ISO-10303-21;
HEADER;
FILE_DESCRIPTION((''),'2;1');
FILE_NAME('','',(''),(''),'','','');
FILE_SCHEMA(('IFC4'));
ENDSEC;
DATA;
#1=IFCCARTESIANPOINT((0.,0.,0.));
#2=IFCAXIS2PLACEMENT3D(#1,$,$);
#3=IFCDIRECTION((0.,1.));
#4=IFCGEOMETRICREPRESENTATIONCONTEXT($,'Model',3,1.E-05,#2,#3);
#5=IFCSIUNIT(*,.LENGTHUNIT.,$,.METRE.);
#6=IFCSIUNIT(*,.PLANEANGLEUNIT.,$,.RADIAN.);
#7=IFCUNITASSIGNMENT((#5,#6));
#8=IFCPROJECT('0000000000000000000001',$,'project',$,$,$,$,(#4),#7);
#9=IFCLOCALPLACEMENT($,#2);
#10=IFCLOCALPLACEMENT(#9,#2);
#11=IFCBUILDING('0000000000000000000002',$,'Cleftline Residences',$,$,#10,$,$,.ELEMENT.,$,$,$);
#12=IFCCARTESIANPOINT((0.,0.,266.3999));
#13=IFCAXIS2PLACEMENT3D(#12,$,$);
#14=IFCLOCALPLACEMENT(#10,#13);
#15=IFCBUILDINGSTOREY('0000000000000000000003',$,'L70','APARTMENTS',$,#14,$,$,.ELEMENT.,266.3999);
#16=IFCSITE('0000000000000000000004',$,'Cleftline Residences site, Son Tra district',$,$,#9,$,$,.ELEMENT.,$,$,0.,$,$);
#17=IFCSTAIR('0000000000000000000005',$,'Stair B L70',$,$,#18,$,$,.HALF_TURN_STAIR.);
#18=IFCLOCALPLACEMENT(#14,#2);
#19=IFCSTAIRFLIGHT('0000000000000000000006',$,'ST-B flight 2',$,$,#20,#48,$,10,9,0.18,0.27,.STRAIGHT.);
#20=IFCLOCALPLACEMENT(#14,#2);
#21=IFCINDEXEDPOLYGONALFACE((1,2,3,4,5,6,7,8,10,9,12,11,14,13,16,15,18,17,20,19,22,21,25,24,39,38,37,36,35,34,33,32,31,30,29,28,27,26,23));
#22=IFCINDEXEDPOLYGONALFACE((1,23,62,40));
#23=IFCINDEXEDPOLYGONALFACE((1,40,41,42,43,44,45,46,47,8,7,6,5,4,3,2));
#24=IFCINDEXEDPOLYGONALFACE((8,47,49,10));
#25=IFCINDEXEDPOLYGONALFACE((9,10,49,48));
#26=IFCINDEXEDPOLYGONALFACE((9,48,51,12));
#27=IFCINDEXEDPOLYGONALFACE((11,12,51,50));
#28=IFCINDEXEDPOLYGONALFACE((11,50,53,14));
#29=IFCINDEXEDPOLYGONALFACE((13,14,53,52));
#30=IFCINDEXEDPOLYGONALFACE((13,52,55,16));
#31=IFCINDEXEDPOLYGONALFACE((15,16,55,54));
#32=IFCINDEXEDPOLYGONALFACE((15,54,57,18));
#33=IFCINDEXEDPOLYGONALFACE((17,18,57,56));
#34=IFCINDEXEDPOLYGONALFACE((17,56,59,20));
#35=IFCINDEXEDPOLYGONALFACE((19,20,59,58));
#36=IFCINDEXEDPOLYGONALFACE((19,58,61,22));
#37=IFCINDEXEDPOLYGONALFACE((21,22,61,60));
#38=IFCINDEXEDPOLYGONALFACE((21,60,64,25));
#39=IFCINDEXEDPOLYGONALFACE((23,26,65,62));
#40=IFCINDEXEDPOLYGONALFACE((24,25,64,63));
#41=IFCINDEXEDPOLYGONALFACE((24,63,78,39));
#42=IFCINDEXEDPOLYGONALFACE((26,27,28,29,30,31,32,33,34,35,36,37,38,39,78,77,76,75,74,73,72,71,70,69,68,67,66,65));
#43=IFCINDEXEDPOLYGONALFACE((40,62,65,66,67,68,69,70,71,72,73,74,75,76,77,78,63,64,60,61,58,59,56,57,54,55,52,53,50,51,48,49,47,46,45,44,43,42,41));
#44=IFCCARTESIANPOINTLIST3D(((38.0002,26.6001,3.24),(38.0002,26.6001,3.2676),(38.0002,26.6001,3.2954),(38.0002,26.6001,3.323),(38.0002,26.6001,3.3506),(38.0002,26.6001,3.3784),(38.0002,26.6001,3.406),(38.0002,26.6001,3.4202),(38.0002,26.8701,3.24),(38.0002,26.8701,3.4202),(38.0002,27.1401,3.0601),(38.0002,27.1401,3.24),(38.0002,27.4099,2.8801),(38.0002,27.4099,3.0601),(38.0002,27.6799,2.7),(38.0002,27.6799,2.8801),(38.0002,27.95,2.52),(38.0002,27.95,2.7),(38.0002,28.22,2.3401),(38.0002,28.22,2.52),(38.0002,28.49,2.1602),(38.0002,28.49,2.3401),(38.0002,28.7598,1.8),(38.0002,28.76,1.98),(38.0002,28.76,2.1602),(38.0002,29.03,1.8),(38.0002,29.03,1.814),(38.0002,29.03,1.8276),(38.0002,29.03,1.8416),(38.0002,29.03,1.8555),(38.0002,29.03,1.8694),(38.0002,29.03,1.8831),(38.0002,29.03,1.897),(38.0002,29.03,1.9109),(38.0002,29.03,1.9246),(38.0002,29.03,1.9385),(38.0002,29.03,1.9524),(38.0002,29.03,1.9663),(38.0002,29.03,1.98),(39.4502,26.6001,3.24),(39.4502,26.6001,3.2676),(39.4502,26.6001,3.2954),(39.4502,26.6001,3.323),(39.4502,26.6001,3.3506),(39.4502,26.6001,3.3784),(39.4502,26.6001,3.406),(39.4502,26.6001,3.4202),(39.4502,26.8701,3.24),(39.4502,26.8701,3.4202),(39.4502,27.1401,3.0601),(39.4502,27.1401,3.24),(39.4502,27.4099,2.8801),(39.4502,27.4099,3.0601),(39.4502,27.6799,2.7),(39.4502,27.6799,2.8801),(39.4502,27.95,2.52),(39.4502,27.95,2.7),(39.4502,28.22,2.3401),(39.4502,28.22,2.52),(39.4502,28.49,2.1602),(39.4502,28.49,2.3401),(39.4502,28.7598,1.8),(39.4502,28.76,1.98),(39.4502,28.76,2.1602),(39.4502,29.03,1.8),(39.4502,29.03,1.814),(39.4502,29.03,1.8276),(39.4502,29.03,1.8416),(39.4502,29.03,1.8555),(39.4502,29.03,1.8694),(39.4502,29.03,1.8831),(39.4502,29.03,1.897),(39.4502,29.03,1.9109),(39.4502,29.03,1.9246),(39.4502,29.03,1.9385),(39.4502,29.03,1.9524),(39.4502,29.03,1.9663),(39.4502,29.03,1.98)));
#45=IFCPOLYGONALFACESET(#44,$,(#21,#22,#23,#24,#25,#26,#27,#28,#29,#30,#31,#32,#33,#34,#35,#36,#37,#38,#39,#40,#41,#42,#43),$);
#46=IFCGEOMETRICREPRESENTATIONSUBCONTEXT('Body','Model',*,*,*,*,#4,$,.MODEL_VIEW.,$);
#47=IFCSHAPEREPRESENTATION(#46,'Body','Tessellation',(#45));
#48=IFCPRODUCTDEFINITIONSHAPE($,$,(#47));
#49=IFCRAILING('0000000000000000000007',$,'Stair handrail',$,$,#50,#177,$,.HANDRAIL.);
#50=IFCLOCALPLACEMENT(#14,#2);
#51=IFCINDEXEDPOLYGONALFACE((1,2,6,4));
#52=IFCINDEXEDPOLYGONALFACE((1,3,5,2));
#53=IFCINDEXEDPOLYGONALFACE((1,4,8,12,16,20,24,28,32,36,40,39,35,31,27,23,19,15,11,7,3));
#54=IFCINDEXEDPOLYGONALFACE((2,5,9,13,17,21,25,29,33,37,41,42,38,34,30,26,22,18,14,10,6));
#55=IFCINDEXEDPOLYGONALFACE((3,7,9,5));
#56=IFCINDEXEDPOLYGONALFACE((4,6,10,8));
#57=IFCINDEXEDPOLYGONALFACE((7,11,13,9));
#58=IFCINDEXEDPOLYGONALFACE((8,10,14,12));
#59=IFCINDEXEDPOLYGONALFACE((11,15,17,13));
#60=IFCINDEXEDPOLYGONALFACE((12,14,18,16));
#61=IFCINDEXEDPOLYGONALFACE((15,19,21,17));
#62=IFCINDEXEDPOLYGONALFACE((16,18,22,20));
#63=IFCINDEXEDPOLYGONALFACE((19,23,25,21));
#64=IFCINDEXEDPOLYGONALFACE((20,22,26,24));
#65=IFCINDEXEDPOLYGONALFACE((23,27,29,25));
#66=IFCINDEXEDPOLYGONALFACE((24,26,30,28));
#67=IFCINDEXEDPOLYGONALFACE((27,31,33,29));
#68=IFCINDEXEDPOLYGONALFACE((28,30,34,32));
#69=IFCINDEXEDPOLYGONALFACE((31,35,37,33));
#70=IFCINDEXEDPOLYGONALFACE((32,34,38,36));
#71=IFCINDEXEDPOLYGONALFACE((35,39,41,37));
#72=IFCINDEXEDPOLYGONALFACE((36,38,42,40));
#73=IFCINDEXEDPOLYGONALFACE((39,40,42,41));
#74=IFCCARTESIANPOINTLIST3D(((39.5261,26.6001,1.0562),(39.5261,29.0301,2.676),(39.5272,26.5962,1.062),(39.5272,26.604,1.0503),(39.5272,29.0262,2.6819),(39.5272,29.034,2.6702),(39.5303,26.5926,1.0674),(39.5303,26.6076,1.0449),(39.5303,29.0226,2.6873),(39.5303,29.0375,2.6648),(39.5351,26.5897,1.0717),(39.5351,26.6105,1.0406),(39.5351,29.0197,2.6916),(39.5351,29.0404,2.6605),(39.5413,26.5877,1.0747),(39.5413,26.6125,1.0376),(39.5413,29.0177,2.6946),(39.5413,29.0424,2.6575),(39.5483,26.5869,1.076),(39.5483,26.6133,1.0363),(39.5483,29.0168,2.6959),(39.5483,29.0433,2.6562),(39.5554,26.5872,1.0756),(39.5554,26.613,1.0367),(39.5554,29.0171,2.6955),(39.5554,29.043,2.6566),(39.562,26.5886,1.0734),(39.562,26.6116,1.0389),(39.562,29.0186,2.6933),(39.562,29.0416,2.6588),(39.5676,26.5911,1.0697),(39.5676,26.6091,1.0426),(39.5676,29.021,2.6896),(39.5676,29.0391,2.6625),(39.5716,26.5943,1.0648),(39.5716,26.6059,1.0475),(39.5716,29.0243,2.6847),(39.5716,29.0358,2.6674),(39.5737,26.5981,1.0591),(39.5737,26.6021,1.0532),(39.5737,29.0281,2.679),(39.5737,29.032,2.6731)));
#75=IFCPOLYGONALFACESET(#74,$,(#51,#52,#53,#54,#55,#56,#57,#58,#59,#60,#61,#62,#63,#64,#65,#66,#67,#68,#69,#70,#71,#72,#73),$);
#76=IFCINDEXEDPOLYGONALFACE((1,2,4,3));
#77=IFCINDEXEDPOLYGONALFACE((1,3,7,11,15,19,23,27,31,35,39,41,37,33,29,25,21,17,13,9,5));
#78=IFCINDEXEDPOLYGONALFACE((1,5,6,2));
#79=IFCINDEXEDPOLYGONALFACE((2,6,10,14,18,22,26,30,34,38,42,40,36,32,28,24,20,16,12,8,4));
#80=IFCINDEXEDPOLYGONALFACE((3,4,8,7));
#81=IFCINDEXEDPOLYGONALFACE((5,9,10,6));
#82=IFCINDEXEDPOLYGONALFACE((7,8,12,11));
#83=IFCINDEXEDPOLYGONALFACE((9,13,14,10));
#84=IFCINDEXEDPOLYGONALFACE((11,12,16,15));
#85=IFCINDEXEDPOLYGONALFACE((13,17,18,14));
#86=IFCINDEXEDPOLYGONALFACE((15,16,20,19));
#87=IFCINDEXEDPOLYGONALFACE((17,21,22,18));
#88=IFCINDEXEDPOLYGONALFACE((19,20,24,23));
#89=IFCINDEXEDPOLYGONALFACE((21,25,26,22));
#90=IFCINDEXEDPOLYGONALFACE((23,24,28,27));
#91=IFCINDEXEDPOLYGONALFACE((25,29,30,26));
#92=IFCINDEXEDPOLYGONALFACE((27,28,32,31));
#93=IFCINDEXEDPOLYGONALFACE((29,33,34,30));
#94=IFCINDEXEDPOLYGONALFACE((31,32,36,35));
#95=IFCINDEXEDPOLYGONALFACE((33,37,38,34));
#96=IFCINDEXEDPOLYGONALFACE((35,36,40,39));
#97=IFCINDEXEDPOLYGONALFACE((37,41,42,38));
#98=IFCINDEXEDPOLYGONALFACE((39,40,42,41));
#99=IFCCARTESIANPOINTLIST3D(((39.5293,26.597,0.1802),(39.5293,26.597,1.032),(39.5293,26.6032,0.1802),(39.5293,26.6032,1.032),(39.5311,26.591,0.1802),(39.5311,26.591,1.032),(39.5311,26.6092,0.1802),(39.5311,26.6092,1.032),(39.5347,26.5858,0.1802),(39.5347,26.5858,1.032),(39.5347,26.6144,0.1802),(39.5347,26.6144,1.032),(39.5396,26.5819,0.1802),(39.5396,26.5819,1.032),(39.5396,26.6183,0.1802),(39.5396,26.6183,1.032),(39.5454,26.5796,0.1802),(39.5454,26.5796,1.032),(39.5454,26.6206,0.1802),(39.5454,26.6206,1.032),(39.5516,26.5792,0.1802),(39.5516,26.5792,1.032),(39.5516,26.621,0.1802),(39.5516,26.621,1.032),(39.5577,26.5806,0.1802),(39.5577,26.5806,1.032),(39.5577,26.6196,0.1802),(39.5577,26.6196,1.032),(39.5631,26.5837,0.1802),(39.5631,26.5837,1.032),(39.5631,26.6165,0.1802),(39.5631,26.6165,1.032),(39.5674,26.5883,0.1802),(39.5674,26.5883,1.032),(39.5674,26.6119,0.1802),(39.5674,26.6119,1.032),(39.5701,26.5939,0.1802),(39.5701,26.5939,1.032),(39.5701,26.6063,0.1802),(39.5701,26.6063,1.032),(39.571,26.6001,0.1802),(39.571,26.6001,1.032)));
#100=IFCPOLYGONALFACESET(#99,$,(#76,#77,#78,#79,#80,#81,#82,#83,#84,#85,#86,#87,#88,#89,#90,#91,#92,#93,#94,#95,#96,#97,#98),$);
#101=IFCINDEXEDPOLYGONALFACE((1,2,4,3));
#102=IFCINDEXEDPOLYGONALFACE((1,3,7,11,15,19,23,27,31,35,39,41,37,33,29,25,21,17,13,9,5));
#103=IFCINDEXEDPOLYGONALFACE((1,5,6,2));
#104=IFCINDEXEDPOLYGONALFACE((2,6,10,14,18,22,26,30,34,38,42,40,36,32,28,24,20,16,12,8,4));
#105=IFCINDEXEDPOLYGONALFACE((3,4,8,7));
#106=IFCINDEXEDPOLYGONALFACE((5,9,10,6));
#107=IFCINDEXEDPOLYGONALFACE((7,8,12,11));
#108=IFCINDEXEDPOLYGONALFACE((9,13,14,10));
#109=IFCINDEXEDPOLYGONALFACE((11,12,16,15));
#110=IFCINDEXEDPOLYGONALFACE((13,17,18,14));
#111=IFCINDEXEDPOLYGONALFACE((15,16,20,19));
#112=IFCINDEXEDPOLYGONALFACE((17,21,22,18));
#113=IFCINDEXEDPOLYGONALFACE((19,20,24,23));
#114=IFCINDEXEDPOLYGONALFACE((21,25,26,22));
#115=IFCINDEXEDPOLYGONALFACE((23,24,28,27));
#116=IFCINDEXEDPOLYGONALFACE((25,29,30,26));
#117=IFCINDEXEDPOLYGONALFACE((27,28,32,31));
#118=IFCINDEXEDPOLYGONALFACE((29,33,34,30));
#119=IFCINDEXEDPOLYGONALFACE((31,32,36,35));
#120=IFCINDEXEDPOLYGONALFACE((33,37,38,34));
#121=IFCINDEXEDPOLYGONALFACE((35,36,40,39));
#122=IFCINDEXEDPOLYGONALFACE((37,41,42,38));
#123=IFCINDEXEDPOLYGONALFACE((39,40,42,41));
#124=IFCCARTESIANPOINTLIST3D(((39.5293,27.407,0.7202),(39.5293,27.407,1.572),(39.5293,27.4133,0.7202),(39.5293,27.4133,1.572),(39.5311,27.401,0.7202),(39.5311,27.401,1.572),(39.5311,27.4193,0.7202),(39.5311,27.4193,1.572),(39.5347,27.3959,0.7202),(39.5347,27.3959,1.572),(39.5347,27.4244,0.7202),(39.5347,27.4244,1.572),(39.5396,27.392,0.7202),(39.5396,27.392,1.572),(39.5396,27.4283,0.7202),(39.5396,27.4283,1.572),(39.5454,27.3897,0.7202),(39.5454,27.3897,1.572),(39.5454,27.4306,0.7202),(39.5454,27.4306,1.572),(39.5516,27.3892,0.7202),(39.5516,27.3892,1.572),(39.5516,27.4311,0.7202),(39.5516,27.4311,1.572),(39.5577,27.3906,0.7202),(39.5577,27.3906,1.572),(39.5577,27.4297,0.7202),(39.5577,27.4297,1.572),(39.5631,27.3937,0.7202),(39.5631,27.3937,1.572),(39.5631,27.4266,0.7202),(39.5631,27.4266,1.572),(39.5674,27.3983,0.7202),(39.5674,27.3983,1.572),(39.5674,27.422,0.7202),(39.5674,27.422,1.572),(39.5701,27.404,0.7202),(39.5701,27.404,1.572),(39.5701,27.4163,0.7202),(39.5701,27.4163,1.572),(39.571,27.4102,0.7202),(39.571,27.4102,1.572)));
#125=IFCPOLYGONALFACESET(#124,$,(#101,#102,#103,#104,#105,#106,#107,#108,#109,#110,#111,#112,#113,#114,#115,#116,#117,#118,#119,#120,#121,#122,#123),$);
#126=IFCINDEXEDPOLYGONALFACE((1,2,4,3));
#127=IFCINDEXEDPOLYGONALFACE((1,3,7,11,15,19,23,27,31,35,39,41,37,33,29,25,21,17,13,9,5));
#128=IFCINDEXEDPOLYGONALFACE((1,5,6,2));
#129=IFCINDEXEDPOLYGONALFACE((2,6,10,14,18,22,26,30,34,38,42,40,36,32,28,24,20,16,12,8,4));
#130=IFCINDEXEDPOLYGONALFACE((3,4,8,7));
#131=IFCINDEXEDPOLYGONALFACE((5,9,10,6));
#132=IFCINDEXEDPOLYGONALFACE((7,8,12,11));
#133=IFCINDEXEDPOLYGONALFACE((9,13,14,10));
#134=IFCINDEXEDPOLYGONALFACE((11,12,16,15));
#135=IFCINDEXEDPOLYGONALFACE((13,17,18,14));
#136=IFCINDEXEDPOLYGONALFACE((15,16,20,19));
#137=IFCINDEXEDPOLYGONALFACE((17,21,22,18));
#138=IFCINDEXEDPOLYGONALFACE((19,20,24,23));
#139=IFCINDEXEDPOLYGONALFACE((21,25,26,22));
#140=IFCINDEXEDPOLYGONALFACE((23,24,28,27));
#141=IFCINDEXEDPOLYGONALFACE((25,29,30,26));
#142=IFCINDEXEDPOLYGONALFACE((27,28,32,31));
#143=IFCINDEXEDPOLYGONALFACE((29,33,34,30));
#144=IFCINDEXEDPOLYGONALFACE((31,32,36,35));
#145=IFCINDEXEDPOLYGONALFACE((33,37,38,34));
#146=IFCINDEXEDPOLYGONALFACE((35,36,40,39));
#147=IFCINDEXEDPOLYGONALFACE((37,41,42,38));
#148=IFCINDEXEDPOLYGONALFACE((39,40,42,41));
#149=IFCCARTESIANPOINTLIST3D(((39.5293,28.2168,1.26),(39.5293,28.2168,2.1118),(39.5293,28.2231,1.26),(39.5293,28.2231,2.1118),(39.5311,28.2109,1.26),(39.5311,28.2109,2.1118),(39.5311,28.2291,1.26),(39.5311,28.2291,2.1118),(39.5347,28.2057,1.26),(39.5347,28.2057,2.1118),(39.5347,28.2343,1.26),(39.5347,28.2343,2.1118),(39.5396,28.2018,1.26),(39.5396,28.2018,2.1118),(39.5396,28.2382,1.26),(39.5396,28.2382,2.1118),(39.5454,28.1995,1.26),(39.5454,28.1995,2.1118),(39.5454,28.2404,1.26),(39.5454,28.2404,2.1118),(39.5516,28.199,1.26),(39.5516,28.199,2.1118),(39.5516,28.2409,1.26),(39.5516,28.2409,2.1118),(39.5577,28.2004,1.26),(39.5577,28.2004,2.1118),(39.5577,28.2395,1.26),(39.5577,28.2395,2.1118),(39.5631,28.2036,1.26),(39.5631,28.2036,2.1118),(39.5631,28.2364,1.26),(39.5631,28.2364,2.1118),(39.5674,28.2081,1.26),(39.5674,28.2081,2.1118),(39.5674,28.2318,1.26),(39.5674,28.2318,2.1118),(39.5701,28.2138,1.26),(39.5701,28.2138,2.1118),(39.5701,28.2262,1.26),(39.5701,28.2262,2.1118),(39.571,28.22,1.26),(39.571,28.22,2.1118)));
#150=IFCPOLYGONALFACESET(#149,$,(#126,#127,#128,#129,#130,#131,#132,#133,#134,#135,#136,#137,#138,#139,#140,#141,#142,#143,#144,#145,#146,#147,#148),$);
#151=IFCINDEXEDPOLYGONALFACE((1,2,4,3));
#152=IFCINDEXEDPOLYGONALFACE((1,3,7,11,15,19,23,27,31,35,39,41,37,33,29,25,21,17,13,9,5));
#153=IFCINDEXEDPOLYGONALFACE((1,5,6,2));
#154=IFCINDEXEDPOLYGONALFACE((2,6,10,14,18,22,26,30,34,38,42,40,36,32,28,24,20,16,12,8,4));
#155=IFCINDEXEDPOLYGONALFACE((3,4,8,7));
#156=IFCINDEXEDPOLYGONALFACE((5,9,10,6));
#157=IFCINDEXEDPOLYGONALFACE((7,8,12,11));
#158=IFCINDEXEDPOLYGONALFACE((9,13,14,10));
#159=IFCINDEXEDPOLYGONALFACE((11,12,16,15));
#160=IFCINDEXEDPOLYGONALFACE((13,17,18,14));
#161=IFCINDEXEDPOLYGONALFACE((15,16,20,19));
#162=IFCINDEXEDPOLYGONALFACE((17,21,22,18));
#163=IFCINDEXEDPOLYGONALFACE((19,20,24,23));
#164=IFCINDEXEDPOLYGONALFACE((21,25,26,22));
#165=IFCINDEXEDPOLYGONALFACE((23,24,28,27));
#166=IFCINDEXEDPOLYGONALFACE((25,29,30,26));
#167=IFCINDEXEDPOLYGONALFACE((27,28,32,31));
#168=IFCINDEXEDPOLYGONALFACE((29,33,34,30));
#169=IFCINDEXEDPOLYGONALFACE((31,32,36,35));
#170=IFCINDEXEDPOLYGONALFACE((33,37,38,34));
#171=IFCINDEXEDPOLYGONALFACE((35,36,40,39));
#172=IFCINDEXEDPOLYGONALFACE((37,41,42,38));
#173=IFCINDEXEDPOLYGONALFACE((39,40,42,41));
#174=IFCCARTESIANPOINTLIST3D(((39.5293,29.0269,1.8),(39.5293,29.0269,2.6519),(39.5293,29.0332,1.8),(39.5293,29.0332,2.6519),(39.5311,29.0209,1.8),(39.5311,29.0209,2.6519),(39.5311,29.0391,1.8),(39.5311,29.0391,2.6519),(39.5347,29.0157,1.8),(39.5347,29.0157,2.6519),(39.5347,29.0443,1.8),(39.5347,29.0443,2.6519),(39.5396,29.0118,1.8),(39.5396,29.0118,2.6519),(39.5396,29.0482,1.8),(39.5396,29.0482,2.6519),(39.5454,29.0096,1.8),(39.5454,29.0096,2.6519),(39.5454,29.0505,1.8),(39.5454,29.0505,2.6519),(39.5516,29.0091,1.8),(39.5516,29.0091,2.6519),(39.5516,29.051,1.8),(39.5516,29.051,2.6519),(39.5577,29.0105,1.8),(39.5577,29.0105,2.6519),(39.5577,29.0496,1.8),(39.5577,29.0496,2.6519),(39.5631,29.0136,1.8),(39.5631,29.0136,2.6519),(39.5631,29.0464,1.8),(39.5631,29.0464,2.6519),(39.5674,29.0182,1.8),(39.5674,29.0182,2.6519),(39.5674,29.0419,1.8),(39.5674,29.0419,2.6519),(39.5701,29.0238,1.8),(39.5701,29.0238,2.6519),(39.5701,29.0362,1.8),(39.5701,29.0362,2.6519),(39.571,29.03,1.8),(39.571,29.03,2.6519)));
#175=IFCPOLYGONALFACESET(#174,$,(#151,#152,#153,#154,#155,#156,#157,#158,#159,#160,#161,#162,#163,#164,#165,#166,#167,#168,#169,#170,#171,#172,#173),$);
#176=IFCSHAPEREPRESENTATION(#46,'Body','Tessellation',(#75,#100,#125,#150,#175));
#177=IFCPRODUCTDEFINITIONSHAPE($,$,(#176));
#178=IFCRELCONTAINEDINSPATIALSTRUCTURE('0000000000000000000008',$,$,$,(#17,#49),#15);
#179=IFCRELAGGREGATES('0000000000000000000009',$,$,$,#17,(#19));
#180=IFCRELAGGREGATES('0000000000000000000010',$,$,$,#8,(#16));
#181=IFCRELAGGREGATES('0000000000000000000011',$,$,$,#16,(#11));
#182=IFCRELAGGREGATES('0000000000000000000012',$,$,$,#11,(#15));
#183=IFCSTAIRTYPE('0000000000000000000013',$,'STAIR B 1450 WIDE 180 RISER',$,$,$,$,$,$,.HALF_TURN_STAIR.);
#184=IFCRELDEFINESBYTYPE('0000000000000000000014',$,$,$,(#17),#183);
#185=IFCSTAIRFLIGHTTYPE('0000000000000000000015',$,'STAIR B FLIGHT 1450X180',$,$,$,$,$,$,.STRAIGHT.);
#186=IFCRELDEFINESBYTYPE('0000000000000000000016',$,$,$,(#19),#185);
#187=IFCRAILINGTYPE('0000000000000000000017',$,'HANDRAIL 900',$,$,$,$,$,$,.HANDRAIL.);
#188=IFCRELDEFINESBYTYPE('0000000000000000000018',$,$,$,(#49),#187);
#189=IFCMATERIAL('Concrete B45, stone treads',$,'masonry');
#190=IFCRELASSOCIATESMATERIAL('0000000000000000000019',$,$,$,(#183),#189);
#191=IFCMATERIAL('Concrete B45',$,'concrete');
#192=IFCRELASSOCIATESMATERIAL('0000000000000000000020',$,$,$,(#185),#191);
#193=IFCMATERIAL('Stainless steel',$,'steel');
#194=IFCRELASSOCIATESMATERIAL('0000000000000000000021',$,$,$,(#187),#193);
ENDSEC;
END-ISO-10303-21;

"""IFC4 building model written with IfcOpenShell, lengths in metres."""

from ifc_helpers import new_model, si_unit, direction, frame, origin, origin_2d, place, context, subcontext, project, spatial, polyline, circle, outline, extrude, material, type_object, element, aggregate, save


model = new_model("IFC4")

# Units and contexts
model_context = context("Model", 3, precision=1e-05, world=origin(), true_north=direction((0.0, 1.0)))
body_context = subcontext(model_context, "Body", "Model", "MODEL_VIEW")
ifc_project = project(units=[si_unit("LENGTHUNIT", "METRE"), si_unit("PLANEANGLEUNIT", "RADIAN")], contexts=[model_context])

# Site, building, storey
site_placement = place(None, origin())
site = spatial("IfcSite", under=ifc_project, at=site_placement, Name="Cleftline Residences site, Son Tra district", CompositionType="ELEMENT", RefElevation=0.0)
building_placement = place(site_placement, origin())
building = spatial("IfcBuilding", under=site, at=building_placement, Name="Cleftline Residences", CompositionType="ELEMENT")
storey_placement = place(building_placement, frame((0.0, 0.0, 266.3999)))
storey = spatial("IfcBuildingStorey", under=building, at=storey_placement, Name="L70", Description="APARTMENTS", CompositionType="ELEMENT", Elevation=266.3999)

# Stair, stair flight
ifc_material_1 = material(Name="Concrete B45, stone treads", Category="masonry")
stair_type = type_object("IfcStairType", Name="STAIR B 1450 WIDE 180 RISER", PredefinedType="HALF_TURN_STAIR", material=ifc_material_1)
stair_placement = place(storey_placement, origin())
stair = element("IfcStair", 1, at=stair_placement, inside=storey, type_object=stair_type, Name="Stair B L70", PredefinedType="HALF_TURN_STAIR")
ifc_material_2 = material(Name="Concrete B45", Category="concrete")
stair_flight_type = type_object("IfcStairFlightType", Name="STAIR B FLIGHT 1450X180", PredefinedType="STRAIGHT", material=ifc_material_2)
stair_flight_1_placement = place(storey_placement, frame((38.7251, 29.03, 1.8), z_axis=(0.0, 0.0, 1.0), x_axis=(0.0, -1.0, 0.0)))
stair_flight_1 = element("IfcStairFlight", 2, at=stair_flight_1_placement, type_object=stair_flight_type, Name="ST-B flight 2", NumberOfRisers=10, NumberOfTreads=9, PredefinedType="STRAIGHT", RiserHeight=0.18, TreadLength=0.27, context=body_context, shape_type="SweptSolid", body=[
    extrude(outline(polyline([(0.0, 0.0), (0.0, 0.0139), (0.0, 0.0276), (0.0, 0.0415), (0.0, 0.0554), (0.0, 0.0693), (0.0, 0.083), (0.0, 0.0969), (0.0, 0.1108), (0.0, 0.1245), (0.0, 0.1384), (0.0, 0.1523), (0.0, 0.1663), (0.0, 0.1799), (0.27, 0.1799), (0.27, 0.3601), (0.54, 0.3601), (0.54, 0.54), (0.8101, 0.54), (0.8101, 0.72), (1.0801, 0.72), (1.0801, 0.8999), (1.3501, 0.8999), (1.3501, 1.0801), (1.6201, 1.0801), (1.6201, 1.26), (1.8899, 1.26), (1.8899, 1.4399), (2.1599, 1.4399), (2.1599, 1.6201), (2.4299, 1.6201), (2.4299, 1.8), (2.4299, 1.7722), (2.4299, 1.7446), (2.4299, 1.7168), (2.4299, 1.6892), (2.4299, 1.6614), (2.4299, 1.6338), (2.4299, 1.606), (2.4299, 1.5784), (2.4299, 1.5505), (2.4299, 1.5229), (2.4299, 1.4954), (2.4299, 1.4675), (2.4299, 1.4399), (0.2703, 0.0), (0.0, 0.0)])), frame((0.0, 0.7251, 0.0), z_axis=(0.0, -1.0, 0.0), x_axis=(1.0, 0.0, 0.0)), (0.0, 0.0, 1.0), 1.45),
])
aggregate(stair, [stair_flight_1])

# Railing
ifc_material_3 = material(Name="Stainless steel", Category="steel")
railing_type = type_object("IfcRailingType", Name="HANDRAIL 900", PredefinedType="HANDRAIL", material=ifc_material_3)
railing_1_placement = place(storey_placement, frame((39.55, 26.6001, 0.1802)))
element("IfcRailing", 3, at=railing_1_placement, inside=storey, type_object=railing_type, Name="Stair handrail", PredefinedType="HANDRAIL", context=body_context, shape_type="SweptSolid", body=[
    extrude(circle(Radius=0.0239, at=origin_2d()), frame((0.0, 0.0, 0.876), z_axis=(0.0, 0.832063, 0.554681), x_axis=(-1.0, 0.0, 0.0)), (0.0, 0.0, 1.0), 2.9204),
    extrude(circle(Radius=0.021, at=origin_2d()), origin(), (0.0, 0.0, 1.0), 0.8518),
    extrude(circle(Radius=0.021, at=origin_2d()), frame((0.0, 0.8101, 0.54)), (0.0, 0.0, 1.0), 0.8518),
    extrude(circle(Radius=0.021, at=origin_2d()), frame((0.0, 1.6199, 1.0798)), (0.0, 0.0, 1.0), 0.8518),
    extrude(circle(Radius=0.021, at=origin_2d()), frame((0.0, 2.4299, 1.6199)), (0.0, 0.0, 1.0), 0.8518),
])

save(model, "model.ifc")
